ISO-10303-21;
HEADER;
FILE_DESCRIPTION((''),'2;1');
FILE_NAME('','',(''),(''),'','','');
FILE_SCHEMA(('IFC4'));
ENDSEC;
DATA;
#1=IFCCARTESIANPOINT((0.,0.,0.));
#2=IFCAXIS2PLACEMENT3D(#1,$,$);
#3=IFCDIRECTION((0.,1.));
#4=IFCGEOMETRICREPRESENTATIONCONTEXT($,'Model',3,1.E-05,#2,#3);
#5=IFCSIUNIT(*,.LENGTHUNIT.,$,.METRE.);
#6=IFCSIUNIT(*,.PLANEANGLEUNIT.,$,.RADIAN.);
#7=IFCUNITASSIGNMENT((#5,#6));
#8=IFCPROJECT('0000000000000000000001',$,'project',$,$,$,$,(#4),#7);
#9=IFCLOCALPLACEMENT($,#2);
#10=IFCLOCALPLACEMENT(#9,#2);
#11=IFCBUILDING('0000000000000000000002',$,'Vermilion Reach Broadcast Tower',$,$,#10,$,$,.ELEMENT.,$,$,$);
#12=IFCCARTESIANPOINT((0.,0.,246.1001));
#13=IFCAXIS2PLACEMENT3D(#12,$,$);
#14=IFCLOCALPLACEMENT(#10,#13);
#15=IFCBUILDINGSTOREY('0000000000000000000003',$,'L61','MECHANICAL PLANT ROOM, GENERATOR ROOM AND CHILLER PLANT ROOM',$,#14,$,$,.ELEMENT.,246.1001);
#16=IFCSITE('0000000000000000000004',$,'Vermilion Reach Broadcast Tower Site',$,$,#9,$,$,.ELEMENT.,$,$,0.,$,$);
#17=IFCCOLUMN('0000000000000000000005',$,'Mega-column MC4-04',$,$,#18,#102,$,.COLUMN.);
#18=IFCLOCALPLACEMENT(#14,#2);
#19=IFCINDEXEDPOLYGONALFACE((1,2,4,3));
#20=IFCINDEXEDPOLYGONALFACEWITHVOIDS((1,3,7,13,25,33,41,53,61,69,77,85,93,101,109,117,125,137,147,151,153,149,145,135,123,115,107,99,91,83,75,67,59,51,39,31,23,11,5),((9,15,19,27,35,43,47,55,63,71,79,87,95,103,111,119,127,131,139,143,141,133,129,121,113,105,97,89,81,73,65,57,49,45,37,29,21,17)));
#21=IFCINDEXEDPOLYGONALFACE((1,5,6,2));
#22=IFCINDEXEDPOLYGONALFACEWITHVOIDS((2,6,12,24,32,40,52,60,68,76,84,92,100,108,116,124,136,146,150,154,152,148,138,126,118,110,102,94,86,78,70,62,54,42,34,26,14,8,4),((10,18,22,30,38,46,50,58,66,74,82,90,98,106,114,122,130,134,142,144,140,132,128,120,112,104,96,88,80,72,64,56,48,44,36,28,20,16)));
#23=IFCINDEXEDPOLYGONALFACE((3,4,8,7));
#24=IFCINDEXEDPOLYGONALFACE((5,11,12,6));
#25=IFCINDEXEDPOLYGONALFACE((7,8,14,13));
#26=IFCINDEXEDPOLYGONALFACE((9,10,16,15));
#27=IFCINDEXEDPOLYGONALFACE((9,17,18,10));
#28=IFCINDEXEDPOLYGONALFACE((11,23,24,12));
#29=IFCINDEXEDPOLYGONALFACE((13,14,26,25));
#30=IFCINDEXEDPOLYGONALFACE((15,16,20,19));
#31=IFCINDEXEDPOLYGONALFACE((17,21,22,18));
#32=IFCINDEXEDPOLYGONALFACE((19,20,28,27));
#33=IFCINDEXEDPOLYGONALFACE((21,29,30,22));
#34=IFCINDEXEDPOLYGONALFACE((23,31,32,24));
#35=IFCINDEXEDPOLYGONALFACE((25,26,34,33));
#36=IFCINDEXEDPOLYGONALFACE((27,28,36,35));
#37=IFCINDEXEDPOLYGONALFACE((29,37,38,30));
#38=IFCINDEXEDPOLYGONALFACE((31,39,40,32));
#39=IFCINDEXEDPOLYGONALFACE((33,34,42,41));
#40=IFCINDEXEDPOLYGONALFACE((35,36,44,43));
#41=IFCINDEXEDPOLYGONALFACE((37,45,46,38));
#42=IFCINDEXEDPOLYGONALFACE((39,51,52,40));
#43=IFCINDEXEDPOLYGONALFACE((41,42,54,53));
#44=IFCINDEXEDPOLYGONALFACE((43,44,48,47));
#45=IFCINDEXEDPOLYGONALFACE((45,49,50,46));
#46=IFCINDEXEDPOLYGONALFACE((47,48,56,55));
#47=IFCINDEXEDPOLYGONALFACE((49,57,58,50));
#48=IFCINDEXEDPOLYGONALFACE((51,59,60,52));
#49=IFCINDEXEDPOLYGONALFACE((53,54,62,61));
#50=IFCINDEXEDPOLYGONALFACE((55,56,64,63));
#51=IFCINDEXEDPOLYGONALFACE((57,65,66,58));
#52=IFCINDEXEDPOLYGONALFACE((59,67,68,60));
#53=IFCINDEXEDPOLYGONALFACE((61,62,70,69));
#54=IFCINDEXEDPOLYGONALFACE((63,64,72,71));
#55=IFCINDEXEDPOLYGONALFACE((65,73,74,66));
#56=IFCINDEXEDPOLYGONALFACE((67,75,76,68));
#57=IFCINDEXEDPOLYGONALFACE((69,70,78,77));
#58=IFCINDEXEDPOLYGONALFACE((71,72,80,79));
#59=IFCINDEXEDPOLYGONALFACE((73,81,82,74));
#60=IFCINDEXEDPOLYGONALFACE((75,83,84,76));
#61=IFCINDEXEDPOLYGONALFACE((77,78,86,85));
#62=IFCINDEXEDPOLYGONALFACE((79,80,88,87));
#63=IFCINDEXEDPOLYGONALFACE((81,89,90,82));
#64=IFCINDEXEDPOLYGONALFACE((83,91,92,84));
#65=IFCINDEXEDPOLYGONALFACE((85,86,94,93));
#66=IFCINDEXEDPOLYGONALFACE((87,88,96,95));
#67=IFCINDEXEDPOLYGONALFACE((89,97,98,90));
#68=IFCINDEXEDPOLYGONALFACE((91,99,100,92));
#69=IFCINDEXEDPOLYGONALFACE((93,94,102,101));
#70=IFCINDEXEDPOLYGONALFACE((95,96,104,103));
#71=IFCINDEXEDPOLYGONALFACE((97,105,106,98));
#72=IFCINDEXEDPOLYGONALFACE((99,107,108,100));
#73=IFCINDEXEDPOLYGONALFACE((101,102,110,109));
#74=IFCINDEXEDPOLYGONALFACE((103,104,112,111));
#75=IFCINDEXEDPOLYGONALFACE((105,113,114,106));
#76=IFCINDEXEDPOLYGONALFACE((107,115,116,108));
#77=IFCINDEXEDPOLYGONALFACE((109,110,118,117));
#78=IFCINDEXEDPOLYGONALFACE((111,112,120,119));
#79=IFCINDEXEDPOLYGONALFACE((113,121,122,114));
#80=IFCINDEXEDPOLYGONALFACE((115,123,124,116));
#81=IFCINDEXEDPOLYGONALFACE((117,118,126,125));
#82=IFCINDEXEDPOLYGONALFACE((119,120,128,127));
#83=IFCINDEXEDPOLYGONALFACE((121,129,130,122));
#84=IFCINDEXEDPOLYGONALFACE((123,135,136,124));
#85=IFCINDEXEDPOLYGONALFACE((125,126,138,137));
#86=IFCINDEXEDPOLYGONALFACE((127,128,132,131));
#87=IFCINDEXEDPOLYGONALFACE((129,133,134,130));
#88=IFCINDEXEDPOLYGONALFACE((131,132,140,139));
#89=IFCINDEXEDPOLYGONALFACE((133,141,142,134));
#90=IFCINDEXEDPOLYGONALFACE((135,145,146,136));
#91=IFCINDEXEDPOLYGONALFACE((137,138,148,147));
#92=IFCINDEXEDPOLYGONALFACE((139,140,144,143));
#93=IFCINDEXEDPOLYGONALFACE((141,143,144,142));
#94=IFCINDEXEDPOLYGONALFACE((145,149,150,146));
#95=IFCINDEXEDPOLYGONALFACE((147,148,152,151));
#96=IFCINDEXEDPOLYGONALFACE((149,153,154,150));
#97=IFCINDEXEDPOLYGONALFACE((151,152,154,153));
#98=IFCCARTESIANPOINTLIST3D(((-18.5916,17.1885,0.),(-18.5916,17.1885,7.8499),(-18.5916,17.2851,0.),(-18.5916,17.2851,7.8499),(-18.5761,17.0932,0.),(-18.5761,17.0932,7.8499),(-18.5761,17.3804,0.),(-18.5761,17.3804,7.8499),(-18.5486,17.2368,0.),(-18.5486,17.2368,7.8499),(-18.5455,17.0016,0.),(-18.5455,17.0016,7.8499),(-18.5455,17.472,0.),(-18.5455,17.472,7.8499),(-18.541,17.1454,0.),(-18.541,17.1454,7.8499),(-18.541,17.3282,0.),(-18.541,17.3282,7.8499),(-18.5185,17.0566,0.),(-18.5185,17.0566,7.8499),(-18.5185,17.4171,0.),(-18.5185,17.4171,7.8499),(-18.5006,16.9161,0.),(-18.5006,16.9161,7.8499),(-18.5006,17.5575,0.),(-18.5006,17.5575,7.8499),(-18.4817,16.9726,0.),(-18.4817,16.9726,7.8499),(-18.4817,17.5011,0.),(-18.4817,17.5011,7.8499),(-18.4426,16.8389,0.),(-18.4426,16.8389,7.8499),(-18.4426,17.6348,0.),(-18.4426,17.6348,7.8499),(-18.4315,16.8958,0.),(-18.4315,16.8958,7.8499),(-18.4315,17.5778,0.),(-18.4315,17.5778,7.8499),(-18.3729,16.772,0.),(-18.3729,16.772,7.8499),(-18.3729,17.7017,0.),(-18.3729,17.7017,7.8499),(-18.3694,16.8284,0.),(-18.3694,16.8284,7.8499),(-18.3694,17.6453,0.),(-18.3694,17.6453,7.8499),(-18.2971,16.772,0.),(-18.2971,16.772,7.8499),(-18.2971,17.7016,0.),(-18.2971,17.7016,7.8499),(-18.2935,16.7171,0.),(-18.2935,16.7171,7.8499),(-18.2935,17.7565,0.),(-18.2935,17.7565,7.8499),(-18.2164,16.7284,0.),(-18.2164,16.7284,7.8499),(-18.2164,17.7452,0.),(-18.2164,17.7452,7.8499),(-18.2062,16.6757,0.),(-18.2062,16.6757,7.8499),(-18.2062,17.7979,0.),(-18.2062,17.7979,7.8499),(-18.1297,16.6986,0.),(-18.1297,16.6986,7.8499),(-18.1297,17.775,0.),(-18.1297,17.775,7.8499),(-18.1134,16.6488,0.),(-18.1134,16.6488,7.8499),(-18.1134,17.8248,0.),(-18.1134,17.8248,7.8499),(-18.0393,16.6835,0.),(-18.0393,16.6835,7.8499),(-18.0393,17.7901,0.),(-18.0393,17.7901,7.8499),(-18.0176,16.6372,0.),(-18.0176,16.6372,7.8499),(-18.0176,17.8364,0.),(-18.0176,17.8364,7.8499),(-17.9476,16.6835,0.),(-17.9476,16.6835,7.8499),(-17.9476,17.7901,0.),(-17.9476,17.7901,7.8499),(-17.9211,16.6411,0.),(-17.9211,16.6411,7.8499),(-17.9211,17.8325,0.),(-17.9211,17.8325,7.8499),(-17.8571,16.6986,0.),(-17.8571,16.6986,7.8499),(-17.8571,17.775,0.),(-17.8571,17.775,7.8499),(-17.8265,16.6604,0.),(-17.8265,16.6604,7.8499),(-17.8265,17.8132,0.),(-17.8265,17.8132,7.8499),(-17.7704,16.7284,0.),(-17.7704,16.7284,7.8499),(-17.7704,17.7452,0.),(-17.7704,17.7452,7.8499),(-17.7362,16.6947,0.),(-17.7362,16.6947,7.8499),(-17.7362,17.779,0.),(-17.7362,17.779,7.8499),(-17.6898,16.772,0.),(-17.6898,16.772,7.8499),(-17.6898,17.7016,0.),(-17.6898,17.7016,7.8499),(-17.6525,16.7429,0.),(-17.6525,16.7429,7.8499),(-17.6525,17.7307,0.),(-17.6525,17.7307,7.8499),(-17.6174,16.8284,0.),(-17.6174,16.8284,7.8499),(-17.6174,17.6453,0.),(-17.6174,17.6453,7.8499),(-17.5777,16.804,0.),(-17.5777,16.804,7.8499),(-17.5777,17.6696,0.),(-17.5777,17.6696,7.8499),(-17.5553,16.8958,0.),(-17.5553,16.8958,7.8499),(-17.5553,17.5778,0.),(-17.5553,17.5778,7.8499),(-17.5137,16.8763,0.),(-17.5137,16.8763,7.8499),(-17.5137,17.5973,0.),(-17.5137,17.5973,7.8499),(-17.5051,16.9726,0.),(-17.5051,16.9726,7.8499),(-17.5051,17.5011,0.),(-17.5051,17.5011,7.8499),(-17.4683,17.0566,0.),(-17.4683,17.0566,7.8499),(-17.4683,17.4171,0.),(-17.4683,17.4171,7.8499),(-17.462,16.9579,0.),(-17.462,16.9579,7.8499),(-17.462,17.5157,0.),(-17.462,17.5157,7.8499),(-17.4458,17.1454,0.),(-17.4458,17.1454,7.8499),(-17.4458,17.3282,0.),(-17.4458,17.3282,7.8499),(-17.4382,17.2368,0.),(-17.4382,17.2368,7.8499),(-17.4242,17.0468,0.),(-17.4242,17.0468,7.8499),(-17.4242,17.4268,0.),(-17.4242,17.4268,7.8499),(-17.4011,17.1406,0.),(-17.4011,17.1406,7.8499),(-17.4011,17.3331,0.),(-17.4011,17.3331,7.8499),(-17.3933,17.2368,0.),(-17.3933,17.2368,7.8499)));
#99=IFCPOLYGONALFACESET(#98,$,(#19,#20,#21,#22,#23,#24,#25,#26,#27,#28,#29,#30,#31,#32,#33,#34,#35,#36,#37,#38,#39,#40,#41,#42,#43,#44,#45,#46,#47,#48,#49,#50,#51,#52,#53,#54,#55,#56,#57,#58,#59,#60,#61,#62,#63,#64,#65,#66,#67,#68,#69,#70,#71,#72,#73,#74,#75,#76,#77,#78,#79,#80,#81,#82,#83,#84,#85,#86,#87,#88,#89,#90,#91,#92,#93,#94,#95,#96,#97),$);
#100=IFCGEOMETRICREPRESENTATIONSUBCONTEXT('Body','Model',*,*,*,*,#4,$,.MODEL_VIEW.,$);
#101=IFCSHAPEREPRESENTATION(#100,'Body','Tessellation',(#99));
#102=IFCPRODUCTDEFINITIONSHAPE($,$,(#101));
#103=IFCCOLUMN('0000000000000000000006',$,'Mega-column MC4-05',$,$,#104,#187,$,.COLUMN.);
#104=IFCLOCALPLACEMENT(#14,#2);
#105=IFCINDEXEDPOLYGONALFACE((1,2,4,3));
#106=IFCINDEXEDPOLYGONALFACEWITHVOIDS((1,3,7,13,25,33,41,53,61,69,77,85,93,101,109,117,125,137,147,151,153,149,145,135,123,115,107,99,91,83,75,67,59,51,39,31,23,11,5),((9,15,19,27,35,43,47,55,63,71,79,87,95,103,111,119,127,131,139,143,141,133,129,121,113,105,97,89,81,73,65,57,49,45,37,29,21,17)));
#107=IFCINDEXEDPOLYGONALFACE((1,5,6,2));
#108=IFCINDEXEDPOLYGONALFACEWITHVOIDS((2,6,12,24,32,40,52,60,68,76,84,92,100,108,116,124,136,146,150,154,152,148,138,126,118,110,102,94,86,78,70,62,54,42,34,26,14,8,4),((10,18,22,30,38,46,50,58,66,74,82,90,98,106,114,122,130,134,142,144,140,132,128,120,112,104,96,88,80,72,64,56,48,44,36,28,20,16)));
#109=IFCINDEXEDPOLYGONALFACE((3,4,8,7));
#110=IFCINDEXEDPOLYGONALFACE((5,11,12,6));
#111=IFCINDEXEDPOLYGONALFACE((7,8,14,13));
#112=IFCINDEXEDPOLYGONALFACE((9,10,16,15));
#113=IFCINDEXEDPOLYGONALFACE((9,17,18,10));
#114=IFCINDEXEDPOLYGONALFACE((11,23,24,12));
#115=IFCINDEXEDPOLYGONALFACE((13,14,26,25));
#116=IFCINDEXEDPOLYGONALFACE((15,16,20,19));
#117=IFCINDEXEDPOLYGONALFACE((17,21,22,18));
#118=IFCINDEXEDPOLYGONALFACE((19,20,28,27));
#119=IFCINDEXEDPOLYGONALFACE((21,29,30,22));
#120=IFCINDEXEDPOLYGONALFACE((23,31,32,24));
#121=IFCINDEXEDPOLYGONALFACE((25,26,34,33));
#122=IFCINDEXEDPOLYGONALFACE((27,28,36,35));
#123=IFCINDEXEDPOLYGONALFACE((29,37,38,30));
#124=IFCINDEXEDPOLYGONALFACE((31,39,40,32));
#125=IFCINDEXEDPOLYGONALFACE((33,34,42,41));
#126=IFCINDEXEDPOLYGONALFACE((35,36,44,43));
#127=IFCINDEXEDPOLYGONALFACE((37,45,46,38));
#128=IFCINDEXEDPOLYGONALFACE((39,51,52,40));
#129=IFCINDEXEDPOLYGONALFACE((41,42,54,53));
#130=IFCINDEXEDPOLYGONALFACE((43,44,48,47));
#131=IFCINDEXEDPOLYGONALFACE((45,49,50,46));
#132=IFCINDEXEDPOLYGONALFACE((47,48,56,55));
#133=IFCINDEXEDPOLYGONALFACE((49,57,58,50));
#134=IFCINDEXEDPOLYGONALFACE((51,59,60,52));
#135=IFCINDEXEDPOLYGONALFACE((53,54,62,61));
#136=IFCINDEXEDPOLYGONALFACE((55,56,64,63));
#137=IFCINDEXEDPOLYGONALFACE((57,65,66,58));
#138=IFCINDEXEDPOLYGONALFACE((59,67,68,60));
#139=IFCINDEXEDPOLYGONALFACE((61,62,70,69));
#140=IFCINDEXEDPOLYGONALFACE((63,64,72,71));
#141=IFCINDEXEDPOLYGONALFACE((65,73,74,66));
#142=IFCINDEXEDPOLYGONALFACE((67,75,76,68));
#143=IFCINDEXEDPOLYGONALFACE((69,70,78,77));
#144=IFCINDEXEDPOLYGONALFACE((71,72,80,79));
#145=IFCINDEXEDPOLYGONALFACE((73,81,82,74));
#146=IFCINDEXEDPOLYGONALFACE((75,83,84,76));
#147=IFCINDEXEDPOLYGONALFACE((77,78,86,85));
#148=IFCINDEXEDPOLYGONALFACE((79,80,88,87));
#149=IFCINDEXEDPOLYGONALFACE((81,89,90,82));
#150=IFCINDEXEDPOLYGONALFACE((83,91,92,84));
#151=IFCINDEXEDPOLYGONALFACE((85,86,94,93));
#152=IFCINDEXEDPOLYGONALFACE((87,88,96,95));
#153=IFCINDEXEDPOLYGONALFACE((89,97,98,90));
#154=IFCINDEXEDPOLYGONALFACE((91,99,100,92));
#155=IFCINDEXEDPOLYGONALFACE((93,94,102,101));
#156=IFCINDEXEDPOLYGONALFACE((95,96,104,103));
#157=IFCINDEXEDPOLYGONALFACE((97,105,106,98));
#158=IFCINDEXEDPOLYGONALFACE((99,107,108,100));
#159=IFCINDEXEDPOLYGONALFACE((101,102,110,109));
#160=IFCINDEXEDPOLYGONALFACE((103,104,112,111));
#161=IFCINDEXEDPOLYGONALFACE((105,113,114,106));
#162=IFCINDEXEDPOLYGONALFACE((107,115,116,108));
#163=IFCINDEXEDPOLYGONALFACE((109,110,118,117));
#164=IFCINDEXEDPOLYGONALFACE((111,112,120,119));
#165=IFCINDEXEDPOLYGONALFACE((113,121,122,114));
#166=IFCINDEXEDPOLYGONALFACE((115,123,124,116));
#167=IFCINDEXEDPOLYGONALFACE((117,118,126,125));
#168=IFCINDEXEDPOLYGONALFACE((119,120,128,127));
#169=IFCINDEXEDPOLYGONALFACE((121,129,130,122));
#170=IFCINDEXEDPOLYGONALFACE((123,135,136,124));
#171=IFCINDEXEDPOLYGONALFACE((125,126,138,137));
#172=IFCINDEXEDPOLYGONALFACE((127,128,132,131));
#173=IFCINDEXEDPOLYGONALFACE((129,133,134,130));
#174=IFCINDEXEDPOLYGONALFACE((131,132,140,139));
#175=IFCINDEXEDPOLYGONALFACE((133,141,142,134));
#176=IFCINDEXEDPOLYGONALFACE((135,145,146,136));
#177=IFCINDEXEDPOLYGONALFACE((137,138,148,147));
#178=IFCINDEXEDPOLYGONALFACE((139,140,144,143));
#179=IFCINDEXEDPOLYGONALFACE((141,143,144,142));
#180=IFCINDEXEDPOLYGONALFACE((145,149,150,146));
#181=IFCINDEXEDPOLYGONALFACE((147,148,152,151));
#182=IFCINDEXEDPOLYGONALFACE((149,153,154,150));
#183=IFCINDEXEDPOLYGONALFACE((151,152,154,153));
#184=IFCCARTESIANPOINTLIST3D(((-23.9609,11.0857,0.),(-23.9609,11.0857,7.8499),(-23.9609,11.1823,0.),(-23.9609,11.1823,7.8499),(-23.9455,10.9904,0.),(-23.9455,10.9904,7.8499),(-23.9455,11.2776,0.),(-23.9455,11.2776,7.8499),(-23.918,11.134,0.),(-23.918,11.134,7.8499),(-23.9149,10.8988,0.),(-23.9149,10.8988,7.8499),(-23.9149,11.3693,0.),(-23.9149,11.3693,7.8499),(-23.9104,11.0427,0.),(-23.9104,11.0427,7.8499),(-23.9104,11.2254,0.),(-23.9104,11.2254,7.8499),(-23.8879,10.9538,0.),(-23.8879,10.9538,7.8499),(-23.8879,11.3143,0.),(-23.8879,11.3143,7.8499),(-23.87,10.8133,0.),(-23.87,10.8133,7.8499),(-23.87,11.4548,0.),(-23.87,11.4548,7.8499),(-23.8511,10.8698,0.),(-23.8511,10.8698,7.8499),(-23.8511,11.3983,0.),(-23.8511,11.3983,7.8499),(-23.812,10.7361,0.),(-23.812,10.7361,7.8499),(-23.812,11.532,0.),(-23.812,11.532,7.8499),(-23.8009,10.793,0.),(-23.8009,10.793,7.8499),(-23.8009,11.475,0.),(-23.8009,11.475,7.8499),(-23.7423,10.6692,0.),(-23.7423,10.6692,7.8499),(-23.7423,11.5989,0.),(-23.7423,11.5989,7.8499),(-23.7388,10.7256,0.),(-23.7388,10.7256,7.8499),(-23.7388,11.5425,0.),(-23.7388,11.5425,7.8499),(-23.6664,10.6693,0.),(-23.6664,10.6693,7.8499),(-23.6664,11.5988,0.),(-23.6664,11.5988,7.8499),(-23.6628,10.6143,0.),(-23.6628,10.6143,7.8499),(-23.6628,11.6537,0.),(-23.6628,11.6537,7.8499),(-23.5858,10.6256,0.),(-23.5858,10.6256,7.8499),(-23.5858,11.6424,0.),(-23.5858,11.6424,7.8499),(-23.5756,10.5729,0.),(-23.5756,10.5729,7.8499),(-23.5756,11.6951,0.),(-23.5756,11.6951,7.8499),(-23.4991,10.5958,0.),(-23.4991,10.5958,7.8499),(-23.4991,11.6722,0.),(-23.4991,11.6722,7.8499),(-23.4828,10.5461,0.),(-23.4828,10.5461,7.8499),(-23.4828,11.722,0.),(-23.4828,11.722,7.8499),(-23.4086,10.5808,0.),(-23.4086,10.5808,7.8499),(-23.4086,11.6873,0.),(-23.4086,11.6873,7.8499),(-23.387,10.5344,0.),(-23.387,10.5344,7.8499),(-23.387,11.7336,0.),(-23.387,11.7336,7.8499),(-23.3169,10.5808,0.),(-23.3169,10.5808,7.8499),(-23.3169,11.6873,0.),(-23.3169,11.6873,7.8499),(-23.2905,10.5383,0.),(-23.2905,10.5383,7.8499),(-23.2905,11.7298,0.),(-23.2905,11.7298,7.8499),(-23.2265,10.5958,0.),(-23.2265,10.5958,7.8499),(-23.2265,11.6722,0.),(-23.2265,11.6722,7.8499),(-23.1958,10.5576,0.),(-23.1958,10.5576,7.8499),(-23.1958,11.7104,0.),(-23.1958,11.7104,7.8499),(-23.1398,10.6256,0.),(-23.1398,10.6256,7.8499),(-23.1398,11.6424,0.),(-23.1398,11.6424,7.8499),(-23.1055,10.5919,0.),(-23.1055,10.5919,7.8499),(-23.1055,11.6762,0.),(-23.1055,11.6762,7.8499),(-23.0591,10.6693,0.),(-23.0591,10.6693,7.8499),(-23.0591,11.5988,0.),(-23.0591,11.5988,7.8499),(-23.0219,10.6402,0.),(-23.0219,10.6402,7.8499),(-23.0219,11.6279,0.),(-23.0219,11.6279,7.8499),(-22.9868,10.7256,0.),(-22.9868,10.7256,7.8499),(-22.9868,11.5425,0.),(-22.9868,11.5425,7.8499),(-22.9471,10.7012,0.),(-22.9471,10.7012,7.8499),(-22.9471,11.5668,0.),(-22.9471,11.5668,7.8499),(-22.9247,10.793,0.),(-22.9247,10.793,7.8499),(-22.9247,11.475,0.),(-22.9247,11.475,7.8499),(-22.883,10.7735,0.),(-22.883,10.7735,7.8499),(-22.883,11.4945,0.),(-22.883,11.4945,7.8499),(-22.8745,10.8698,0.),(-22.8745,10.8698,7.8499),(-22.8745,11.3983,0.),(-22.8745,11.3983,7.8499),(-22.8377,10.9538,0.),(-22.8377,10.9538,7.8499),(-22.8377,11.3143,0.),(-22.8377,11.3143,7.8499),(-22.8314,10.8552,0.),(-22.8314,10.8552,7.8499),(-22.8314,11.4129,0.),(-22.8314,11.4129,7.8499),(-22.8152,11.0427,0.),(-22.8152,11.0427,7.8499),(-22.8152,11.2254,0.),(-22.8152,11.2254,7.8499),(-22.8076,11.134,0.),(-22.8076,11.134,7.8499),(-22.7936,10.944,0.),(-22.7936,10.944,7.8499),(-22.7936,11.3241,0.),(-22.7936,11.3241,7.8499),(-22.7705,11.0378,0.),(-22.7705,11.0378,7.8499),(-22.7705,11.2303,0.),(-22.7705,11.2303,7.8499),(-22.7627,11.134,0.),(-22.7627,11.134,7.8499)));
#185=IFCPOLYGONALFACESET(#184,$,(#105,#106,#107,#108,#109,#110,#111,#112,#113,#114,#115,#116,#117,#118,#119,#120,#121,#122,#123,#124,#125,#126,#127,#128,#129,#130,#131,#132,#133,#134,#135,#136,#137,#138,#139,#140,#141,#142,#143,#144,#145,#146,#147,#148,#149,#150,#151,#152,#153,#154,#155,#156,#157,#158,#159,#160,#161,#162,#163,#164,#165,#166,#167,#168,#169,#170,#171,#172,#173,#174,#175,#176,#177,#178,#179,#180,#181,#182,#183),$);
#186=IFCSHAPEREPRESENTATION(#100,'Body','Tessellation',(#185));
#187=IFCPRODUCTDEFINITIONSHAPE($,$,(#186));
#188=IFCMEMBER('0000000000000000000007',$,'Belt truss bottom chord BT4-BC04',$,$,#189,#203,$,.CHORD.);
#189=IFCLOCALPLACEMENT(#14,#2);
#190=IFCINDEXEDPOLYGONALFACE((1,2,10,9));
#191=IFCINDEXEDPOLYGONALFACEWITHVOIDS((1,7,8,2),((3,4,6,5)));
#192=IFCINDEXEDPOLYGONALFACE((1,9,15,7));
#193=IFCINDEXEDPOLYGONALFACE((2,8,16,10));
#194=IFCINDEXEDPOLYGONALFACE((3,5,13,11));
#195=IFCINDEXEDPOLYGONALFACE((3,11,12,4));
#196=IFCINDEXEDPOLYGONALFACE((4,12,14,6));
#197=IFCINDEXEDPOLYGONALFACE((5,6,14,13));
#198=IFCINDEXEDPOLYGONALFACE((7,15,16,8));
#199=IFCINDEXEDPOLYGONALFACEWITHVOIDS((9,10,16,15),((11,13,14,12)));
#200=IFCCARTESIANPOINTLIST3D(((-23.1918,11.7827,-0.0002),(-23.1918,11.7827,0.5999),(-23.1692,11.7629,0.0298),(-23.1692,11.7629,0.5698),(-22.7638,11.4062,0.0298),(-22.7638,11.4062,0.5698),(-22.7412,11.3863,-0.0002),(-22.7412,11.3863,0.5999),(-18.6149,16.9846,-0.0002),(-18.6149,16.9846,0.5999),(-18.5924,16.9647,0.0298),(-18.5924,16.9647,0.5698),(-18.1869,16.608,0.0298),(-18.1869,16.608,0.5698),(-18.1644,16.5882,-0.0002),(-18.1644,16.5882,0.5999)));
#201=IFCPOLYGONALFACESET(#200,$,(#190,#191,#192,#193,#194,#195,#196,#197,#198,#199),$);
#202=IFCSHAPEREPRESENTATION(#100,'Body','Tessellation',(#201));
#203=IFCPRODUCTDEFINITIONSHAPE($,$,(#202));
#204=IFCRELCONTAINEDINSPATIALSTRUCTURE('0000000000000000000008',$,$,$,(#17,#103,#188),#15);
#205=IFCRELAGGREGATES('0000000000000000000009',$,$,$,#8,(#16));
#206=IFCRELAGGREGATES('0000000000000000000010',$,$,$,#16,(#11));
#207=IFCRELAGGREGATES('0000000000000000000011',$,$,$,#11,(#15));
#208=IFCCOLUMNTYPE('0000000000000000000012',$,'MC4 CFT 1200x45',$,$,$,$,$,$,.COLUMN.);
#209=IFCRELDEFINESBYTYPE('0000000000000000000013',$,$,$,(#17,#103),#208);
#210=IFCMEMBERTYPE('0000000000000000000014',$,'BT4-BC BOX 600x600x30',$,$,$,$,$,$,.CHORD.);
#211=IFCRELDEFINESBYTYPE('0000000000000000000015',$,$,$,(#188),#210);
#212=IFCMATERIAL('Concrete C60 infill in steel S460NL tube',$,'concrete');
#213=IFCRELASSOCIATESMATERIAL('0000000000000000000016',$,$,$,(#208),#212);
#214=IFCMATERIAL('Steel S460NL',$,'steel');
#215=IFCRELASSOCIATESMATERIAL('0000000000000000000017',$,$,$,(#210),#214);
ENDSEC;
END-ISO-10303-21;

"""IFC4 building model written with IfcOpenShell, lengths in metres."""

from ifc_helpers import new_model, si_unit, direction, frame, origin, origin_2d, place, context, subcontext, project, spatial, hollow_rectangle, hollow_circle, extrude, material, material_profile, profile_set, type_object, element, save


model = new_model("IFC4")

# Units and contexts
model_context = context("Model", 3, precision=1e-05, world=origin(), true_north=direction((0.0, 1.0)))
body_context = subcontext(model_context, "Body", "Model", "MODEL_VIEW")
ifc_project = project(units=[si_unit("LENGTHUNIT", "METRE"), si_unit("PLANEANGLEUNIT", "RADIAN")], contexts=[model_context])

# Site, building, storey
site_placement = place(None, origin())
site = spatial("IfcSite", under=ifc_project, at=site_placement, Name="Vermilion Reach Broadcast Tower Site", CompositionType="ELEMENT", RefElevation=0.0)
building_placement = place(site_placement, origin())
building = spatial("IfcBuilding", under=site, at=building_placement, Name="Vermilion Reach Broadcast Tower", CompositionType="ELEMENT")
storey_placement = place(building_placement, frame((0.0, 0.0, 246.1001)))
storey = spatial("IfcBuildingStorey", under=building, at=storey_placement, Name="L61", Description="MECHANICAL PLANT ROOM, GENERATOR ROOM AND CHILLER PLANT ROOM", CompositionType="ELEMENT", Elevation=246.1001)

# Columns
ifc_material_1 = material(Name="Concrete C60 infill in steel S460NL tube", Category="concrete")
ifc_material_profile_1 = material_profile(ifc_material_1, hollow_circle(Radius=0.6001, WallThickness=0.0449, at=origin_2d()), Name="Concrete C60 infill in steel S460NL tube CFT 1200x45")
ifc_profile_set_1 = profile_set([ifc_material_profile_1], Name="Concrete C60 infill in steel S460NL tube")
column_type = type_object("IfcColumnType", Name="MC4 CFT 1200x45", PredefinedType="COLUMN", material=ifc_profile_set_1)
for number, where, z_axis, x_axis, name in (
    (1, (-17.9934, 17.2368, 0.0), (0.0, 0.0, 1.0), (1.0, 0.0, 0.0), "Mega-column MC4-04"),
    (2, (-23.3628, 11.134, 0.0), (0.0, 0.0, 1.0), (1.0, 0.0, 0.0), "Mega-column MC4-05"),
):
    element("IfcColumn", number, at=place(storey_placement, frame(where, z_axis=z_axis, x_axis=x_axis)), inside=storey, type_object=column_type, Name=name, PredefinedType="COLUMN", context=body_context, shape_type="SweptSolid", body=[
        extrude(hollow_circle(Radius=0.6001, WallThickness=0.0449, at=origin_2d()), origin(), (0.0, 0.0, 1.0), 7.8499),
    ])

# Member
ifc_material_2 = material(Name="Steel S460NL", Category="steel")
ifc_material_profile_2 = material_profile(ifc_material_2, hollow_rectangle(XDim=0.6001, YDim=0.6001, WallThickness=0.03, at=origin_2d()), Name="S460NL BOX 600x600x30")
ifc_profile_set_2 = profile_set([ifc_material_profile_2], Name="Steel S460NL")
member_type_1 = type_object("IfcMemberType", Name="BT4-BC BOX 600x600x30", PredefinedType="CHORD", material=ifc_profile_set_2)
member_1_placement = place(storey_placement, frame((-18.3896, 16.7864, 0.2998), z_axis=(-0.660565, -0.750769, 0.0), x_axis=(0.750769, -0.660565, 0.0)))
element("IfcMember", 3, at=member_1_placement, inside=storey, type_object=member_type_1, Name="Belt truss bottom chord BT4-BC04", PredefinedType="CHORD", context=body_context, shape_type="SweptSolid", body=[
    extrude(hollow_rectangle(XDim=0.6001, YDim=0.6001, WallThickness=0.03, at=origin_2d()), origin(), (0.0, 0.0, 1.0), 6.9287),
])

save(model, "model.ifc")
